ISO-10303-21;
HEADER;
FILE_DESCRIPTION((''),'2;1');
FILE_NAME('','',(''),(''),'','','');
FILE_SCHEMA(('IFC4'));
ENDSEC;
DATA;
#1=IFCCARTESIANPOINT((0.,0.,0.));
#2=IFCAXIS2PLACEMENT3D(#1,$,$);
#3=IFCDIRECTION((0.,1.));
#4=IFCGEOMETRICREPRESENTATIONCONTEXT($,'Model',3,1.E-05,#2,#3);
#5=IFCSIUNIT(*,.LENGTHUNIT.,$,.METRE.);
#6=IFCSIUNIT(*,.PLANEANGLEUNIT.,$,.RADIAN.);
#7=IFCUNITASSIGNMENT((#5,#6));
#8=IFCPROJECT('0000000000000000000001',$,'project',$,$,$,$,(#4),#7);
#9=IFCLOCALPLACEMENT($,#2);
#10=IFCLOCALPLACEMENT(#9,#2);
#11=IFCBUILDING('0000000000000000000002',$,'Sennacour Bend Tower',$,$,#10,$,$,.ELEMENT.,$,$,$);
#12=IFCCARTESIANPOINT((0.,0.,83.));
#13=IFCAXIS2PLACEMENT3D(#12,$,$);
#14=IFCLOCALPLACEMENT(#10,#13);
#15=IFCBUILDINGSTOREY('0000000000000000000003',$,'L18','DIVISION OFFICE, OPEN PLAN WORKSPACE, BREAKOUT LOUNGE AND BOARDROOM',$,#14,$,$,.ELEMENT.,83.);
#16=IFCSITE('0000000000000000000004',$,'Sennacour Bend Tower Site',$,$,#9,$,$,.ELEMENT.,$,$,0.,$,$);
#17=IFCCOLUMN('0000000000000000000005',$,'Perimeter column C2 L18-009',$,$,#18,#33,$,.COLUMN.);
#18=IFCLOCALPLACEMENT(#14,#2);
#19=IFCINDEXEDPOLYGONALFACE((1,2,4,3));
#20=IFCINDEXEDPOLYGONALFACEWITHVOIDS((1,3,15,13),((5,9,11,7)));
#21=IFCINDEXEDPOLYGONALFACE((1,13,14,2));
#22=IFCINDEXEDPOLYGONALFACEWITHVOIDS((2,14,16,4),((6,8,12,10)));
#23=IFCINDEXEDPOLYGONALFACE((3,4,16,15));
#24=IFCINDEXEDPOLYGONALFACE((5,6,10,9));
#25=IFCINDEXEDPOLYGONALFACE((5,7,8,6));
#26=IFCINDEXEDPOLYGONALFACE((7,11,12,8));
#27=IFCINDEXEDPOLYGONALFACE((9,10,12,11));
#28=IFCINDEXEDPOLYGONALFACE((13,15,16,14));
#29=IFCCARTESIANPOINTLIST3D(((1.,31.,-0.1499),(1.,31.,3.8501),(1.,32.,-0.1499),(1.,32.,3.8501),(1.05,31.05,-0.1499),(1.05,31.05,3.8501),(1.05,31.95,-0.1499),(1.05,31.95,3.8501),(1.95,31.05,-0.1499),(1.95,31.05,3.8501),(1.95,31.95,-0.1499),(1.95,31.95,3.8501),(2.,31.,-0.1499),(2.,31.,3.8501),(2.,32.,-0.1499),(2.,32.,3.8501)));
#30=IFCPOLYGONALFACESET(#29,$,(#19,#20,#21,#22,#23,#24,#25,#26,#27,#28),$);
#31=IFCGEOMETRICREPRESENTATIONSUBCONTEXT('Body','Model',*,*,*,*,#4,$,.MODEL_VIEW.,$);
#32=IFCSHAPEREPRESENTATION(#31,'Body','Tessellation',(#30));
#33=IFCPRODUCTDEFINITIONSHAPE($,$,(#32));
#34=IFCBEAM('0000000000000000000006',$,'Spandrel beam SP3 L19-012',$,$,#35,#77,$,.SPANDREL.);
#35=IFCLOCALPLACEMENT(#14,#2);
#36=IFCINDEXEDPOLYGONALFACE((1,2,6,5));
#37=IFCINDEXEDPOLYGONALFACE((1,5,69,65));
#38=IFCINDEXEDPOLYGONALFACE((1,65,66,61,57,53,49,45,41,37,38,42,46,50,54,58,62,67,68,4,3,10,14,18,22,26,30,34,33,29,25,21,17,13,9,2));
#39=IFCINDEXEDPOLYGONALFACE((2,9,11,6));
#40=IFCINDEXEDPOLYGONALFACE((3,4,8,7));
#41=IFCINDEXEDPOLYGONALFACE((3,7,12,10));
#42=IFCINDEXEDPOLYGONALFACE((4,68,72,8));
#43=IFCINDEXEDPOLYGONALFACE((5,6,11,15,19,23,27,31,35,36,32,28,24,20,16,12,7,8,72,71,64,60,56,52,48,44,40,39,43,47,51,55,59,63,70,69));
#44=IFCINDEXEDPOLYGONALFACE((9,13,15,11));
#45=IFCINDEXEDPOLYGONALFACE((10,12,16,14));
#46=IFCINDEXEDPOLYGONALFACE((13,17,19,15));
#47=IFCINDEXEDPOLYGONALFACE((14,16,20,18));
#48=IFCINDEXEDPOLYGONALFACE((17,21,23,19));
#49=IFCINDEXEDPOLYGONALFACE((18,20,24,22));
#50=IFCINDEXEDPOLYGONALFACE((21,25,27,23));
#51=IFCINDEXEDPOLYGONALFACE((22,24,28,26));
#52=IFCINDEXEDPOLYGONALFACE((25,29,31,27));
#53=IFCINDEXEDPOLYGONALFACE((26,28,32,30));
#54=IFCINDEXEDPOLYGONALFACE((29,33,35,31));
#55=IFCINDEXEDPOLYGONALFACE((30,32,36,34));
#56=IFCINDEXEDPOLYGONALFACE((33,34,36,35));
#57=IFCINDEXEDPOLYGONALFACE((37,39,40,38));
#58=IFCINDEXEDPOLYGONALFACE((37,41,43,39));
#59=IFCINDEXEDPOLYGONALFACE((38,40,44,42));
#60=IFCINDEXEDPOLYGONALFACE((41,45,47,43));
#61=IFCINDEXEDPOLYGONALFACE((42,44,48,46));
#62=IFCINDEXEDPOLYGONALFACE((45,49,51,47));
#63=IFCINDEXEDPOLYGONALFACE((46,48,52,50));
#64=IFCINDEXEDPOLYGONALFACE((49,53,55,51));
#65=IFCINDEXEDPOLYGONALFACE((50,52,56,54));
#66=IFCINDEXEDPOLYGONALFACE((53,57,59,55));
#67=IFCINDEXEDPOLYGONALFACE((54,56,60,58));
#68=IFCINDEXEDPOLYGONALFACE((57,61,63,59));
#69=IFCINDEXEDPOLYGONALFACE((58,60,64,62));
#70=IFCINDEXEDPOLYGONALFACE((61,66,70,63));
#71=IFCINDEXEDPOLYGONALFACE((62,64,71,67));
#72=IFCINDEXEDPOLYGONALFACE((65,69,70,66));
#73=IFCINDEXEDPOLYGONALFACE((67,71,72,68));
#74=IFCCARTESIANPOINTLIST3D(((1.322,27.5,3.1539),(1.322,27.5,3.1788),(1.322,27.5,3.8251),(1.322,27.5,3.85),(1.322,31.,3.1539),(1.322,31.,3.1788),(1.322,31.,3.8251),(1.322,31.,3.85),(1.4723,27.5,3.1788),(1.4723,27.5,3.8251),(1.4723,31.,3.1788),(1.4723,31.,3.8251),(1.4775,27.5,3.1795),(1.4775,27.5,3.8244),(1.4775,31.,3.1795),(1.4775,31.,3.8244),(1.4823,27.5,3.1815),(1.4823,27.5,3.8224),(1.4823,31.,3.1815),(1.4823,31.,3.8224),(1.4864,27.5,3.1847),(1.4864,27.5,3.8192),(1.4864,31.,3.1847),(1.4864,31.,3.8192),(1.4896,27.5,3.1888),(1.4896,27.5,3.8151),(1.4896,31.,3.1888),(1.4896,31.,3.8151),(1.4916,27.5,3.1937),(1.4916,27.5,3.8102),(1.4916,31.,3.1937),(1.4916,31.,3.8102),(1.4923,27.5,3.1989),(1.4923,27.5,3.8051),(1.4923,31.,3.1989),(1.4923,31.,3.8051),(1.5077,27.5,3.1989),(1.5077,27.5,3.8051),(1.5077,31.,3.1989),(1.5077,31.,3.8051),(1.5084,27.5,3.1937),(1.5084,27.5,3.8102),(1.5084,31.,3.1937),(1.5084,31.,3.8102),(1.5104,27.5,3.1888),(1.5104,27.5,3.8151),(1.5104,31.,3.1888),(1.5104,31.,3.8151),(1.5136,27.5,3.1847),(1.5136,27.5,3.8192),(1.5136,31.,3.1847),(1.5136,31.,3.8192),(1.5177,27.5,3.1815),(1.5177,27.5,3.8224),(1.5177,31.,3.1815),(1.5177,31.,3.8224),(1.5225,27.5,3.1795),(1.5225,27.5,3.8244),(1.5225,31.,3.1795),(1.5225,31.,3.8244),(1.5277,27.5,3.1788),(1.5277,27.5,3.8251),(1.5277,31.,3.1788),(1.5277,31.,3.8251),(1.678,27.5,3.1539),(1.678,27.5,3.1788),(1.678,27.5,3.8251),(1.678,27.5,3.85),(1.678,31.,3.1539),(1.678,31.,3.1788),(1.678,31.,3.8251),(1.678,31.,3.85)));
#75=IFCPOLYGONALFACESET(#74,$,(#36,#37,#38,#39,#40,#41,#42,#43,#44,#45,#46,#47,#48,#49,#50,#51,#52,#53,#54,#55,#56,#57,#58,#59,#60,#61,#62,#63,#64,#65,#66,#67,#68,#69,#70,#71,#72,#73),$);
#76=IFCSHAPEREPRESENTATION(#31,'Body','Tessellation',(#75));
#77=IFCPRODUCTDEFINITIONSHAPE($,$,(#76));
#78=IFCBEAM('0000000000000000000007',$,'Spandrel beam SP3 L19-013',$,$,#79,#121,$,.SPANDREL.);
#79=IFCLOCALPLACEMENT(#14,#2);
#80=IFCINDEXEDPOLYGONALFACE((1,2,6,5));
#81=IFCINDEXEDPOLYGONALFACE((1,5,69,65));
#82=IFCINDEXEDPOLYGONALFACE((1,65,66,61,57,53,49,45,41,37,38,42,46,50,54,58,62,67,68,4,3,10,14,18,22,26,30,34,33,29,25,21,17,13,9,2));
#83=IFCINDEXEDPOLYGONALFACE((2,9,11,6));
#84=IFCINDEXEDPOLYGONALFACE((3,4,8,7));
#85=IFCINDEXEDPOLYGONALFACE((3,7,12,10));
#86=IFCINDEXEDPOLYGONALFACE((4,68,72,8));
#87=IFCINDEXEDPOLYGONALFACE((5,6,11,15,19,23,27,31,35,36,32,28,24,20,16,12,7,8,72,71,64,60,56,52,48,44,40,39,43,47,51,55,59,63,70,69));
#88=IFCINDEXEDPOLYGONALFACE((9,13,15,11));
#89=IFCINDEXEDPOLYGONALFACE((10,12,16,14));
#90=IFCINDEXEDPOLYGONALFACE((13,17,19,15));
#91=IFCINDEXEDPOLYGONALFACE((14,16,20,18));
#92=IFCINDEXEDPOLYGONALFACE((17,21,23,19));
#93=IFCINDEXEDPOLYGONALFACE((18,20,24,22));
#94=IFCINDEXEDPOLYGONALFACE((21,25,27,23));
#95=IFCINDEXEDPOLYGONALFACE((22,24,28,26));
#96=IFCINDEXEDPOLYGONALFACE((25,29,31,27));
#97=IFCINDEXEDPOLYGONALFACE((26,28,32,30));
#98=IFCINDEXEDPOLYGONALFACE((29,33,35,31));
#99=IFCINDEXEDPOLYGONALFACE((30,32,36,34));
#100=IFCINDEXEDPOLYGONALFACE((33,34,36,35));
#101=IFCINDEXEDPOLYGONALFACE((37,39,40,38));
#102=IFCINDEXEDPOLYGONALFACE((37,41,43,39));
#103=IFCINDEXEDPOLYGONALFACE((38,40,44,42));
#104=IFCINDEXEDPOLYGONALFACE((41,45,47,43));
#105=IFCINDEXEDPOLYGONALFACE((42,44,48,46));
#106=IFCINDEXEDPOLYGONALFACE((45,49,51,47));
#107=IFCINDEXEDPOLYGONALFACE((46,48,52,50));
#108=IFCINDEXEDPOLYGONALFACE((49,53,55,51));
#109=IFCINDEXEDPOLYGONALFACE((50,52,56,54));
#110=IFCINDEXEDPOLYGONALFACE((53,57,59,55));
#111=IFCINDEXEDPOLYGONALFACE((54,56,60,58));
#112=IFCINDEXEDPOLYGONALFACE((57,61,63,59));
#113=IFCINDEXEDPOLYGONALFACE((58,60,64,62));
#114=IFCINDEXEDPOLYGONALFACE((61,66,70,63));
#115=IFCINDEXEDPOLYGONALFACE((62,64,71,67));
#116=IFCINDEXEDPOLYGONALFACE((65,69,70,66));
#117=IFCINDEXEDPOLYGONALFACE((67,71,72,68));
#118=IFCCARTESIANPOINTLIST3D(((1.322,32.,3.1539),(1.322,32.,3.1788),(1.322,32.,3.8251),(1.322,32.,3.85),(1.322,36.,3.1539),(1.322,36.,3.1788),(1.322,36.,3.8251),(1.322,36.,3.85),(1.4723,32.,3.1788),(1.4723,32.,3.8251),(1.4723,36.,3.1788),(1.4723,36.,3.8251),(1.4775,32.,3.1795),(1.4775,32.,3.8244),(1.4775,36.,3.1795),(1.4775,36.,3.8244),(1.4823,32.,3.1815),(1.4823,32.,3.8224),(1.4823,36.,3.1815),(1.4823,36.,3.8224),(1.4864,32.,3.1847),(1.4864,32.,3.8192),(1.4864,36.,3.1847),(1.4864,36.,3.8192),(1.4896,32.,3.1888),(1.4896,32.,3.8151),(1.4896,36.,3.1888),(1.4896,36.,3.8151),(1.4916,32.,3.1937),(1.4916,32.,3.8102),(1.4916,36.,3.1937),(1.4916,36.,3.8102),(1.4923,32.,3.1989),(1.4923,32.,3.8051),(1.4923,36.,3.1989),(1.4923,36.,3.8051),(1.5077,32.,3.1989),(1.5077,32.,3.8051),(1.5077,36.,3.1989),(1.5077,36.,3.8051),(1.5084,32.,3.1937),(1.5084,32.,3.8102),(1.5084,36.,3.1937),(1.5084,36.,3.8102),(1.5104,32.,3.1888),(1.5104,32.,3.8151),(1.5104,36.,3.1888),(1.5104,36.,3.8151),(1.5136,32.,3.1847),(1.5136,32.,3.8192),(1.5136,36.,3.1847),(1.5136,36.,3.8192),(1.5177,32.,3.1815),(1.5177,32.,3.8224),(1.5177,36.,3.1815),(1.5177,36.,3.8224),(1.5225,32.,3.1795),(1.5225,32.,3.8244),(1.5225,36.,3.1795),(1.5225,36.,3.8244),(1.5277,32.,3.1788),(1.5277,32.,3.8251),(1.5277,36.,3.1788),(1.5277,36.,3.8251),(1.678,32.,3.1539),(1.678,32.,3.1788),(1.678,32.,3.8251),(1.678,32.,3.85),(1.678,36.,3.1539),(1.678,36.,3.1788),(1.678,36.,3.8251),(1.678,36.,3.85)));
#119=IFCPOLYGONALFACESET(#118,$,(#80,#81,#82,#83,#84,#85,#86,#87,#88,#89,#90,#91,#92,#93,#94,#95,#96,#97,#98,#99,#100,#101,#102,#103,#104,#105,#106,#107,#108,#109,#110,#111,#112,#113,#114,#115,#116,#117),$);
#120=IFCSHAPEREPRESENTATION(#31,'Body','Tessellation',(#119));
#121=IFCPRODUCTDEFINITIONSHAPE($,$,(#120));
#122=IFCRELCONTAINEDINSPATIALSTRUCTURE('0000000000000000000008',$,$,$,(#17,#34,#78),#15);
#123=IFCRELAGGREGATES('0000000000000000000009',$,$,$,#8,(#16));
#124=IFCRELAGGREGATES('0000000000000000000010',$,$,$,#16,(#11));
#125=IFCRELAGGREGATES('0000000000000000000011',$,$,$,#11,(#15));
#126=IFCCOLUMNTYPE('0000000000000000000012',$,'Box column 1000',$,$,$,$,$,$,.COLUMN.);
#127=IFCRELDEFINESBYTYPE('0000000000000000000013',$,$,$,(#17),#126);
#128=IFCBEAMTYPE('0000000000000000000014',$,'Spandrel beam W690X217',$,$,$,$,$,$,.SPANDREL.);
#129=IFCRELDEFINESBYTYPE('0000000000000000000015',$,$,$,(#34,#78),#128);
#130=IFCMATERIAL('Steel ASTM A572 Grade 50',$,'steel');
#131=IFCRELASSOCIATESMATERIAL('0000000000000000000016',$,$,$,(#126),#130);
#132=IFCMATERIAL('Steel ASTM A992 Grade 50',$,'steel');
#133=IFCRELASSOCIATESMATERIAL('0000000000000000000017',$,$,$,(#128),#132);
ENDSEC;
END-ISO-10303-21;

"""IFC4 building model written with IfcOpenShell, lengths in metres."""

from ifc_helpers import new_model, si_unit, direction, frame, origin, origin_2d, place, context, subcontext, project, spatial, hollow_rectangle, i_section, extrude, material, material_profile, profile_set, type_object, element, save


model = new_model("IFC4")

# Units and contexts
model_context = context("Model", 3, precision=1e-05, world=origin(), true_north=direction((0.0, 1.0)))
body_context = subcontext(model_context, "Body", "Model", "MODEL_VIEW")
ifc_project = project(units=[si_unit("LENGTHUNIT", "METRE"), si_unit("PLANEANGLEUNIT", "RADIAN")], contexts=[model_context])

# Site, building, storey
site_placement = place(None, origin())
site = spatial("IfcSite", under=ifc_project, at=site_placement, Name="Sennacour Bend Tower Site", CompositionType="ELEMENT", RefElevation=0.0)
building_placement = place(site_placement, origin())
building = spatial("IfcBuilding", under=site, at=building_placement, Name="Sennacour Bend Tower", CompositionType="ELEMENT")
storey_placement = place(building_placement, frame((0.0, 0.0, 83.0)))
storey = spatial("IfcBuildingStorey", under=building, at=storey_placement, Name="L18", Description="DIVISION OFFICE, OPEN PLAN WORKSPACE, BREAKOUT LOUNGE AND BOARDROOM", CompositionType="ELEMENT", Elevation=83.0)

# Column
ifc_material_1 = material(Name="Steel ASTM A572 Grade 50", Category="steel")
ifc_material_profile_1 = material_profile(ifc_material_1, hollow_rectangle(XDim=1.0, YDim=1.0, WallThickness=0.05, at=origin_2d()), Name="Steel ASTM A572 Grade 50", Category="steel")
ifc_profile_set_1 = profile_set([ifc_material_profile_1], Name="Steel ASTM A572 Grade 50")
column_type = type_object("IfcColumnType", Name="Box column 1000", PredefinedType="COLUMN", material=ifc_profile_set_1)
column_placement = place(storey_placement, frame((1.5, 31.5, -0.1499), z_axis=(0.0, 0.0, 1.0), x_axis=(1.0, 0.0, 0.0)))
element("IfcColumn", 1, at=column_placement, inside=storey, type_object=column_type, Name="Perimeter column C2 L18-009", PredefinedType="COLUMN", context=body_context, shape_type="SweptSolid", body=[
    extrude(hollow_rectangle(XDim=1.0, YDim=1.0, WallThickness=0.05, at=origin_2d()), origin(), (0.0, 0.0, 1.0), 4.0),
])

# Beams
ifc_material_2 = material(Name="Steel ASTM A992 Grade 50", Category="steel")
ifc_material_profile_2 = material_profile(ifc_material_2, i_section(OverallWidth=0.356, OverallDepth=0.696, WebThickness=0.0154, FlangeThickness=0.0249, FilletRadius=0.02, at=origin_2d()), Name="Steel ASTM A992 Grade 50", Category="steel")
ifc_profile_set_2 = profile_set([ifc_material_profile_2], Name="Steel ASTM A992 Grade 50")
beam_type = type_object("IfcBeamType", Name="Spandrel beam W690X217", PredefinedType="SPANDREL", material=ifc_profile_set_2)
beam_1_placement = place(storey_placement, frame((1.5, 27.5, 3.502), z_axis=(0.0, 1.0, 0.0), x_axis=(-1.0, 0.0, 0.0)))
element("IfcBeam", 2, at=beam_1_placement, inside=storey, type_object=beam_type, Name="Spandrel beam SP3 L19-012", PredefinedType="SPANDREL", context=body_context, shape_type="SweptSolid", body=[
    extrude(i_section(OverallWidth=0.356, OverallDepth=0.696, WebThickness=0.0154, FlangeThickness=0.0249, FilletRadius=0.02, at=origin_2d()), origin(), (0.0, 0.0, 1.0), 3.5),
])
beam_2_placement = place(storey_placement, frame((1.5, 32.0, 3.502), z_axis=(0.0, 1.0, 0.0), x_axis=(-1.0, 0.0, 0.0)))
element("IfcBeam", 3, at=beam_2_placement, inside=storey, type_object=beam_type, Name="Spandrel beam SP3 L19-013", PredefinedType="SPANDREL", context=body_context, shape_type="SweptSolid", body=[
    extrude(i_section(OverallWidth=0.356, OverallDepth=0.696, WebThickness=0.0154, FlangeThickness=0.0249, FilletRadius=0.02, at=origin_2d()), origin(), (0.0, 0.0, 1.0), 4.0),
])

save(model, "model.ifc")
